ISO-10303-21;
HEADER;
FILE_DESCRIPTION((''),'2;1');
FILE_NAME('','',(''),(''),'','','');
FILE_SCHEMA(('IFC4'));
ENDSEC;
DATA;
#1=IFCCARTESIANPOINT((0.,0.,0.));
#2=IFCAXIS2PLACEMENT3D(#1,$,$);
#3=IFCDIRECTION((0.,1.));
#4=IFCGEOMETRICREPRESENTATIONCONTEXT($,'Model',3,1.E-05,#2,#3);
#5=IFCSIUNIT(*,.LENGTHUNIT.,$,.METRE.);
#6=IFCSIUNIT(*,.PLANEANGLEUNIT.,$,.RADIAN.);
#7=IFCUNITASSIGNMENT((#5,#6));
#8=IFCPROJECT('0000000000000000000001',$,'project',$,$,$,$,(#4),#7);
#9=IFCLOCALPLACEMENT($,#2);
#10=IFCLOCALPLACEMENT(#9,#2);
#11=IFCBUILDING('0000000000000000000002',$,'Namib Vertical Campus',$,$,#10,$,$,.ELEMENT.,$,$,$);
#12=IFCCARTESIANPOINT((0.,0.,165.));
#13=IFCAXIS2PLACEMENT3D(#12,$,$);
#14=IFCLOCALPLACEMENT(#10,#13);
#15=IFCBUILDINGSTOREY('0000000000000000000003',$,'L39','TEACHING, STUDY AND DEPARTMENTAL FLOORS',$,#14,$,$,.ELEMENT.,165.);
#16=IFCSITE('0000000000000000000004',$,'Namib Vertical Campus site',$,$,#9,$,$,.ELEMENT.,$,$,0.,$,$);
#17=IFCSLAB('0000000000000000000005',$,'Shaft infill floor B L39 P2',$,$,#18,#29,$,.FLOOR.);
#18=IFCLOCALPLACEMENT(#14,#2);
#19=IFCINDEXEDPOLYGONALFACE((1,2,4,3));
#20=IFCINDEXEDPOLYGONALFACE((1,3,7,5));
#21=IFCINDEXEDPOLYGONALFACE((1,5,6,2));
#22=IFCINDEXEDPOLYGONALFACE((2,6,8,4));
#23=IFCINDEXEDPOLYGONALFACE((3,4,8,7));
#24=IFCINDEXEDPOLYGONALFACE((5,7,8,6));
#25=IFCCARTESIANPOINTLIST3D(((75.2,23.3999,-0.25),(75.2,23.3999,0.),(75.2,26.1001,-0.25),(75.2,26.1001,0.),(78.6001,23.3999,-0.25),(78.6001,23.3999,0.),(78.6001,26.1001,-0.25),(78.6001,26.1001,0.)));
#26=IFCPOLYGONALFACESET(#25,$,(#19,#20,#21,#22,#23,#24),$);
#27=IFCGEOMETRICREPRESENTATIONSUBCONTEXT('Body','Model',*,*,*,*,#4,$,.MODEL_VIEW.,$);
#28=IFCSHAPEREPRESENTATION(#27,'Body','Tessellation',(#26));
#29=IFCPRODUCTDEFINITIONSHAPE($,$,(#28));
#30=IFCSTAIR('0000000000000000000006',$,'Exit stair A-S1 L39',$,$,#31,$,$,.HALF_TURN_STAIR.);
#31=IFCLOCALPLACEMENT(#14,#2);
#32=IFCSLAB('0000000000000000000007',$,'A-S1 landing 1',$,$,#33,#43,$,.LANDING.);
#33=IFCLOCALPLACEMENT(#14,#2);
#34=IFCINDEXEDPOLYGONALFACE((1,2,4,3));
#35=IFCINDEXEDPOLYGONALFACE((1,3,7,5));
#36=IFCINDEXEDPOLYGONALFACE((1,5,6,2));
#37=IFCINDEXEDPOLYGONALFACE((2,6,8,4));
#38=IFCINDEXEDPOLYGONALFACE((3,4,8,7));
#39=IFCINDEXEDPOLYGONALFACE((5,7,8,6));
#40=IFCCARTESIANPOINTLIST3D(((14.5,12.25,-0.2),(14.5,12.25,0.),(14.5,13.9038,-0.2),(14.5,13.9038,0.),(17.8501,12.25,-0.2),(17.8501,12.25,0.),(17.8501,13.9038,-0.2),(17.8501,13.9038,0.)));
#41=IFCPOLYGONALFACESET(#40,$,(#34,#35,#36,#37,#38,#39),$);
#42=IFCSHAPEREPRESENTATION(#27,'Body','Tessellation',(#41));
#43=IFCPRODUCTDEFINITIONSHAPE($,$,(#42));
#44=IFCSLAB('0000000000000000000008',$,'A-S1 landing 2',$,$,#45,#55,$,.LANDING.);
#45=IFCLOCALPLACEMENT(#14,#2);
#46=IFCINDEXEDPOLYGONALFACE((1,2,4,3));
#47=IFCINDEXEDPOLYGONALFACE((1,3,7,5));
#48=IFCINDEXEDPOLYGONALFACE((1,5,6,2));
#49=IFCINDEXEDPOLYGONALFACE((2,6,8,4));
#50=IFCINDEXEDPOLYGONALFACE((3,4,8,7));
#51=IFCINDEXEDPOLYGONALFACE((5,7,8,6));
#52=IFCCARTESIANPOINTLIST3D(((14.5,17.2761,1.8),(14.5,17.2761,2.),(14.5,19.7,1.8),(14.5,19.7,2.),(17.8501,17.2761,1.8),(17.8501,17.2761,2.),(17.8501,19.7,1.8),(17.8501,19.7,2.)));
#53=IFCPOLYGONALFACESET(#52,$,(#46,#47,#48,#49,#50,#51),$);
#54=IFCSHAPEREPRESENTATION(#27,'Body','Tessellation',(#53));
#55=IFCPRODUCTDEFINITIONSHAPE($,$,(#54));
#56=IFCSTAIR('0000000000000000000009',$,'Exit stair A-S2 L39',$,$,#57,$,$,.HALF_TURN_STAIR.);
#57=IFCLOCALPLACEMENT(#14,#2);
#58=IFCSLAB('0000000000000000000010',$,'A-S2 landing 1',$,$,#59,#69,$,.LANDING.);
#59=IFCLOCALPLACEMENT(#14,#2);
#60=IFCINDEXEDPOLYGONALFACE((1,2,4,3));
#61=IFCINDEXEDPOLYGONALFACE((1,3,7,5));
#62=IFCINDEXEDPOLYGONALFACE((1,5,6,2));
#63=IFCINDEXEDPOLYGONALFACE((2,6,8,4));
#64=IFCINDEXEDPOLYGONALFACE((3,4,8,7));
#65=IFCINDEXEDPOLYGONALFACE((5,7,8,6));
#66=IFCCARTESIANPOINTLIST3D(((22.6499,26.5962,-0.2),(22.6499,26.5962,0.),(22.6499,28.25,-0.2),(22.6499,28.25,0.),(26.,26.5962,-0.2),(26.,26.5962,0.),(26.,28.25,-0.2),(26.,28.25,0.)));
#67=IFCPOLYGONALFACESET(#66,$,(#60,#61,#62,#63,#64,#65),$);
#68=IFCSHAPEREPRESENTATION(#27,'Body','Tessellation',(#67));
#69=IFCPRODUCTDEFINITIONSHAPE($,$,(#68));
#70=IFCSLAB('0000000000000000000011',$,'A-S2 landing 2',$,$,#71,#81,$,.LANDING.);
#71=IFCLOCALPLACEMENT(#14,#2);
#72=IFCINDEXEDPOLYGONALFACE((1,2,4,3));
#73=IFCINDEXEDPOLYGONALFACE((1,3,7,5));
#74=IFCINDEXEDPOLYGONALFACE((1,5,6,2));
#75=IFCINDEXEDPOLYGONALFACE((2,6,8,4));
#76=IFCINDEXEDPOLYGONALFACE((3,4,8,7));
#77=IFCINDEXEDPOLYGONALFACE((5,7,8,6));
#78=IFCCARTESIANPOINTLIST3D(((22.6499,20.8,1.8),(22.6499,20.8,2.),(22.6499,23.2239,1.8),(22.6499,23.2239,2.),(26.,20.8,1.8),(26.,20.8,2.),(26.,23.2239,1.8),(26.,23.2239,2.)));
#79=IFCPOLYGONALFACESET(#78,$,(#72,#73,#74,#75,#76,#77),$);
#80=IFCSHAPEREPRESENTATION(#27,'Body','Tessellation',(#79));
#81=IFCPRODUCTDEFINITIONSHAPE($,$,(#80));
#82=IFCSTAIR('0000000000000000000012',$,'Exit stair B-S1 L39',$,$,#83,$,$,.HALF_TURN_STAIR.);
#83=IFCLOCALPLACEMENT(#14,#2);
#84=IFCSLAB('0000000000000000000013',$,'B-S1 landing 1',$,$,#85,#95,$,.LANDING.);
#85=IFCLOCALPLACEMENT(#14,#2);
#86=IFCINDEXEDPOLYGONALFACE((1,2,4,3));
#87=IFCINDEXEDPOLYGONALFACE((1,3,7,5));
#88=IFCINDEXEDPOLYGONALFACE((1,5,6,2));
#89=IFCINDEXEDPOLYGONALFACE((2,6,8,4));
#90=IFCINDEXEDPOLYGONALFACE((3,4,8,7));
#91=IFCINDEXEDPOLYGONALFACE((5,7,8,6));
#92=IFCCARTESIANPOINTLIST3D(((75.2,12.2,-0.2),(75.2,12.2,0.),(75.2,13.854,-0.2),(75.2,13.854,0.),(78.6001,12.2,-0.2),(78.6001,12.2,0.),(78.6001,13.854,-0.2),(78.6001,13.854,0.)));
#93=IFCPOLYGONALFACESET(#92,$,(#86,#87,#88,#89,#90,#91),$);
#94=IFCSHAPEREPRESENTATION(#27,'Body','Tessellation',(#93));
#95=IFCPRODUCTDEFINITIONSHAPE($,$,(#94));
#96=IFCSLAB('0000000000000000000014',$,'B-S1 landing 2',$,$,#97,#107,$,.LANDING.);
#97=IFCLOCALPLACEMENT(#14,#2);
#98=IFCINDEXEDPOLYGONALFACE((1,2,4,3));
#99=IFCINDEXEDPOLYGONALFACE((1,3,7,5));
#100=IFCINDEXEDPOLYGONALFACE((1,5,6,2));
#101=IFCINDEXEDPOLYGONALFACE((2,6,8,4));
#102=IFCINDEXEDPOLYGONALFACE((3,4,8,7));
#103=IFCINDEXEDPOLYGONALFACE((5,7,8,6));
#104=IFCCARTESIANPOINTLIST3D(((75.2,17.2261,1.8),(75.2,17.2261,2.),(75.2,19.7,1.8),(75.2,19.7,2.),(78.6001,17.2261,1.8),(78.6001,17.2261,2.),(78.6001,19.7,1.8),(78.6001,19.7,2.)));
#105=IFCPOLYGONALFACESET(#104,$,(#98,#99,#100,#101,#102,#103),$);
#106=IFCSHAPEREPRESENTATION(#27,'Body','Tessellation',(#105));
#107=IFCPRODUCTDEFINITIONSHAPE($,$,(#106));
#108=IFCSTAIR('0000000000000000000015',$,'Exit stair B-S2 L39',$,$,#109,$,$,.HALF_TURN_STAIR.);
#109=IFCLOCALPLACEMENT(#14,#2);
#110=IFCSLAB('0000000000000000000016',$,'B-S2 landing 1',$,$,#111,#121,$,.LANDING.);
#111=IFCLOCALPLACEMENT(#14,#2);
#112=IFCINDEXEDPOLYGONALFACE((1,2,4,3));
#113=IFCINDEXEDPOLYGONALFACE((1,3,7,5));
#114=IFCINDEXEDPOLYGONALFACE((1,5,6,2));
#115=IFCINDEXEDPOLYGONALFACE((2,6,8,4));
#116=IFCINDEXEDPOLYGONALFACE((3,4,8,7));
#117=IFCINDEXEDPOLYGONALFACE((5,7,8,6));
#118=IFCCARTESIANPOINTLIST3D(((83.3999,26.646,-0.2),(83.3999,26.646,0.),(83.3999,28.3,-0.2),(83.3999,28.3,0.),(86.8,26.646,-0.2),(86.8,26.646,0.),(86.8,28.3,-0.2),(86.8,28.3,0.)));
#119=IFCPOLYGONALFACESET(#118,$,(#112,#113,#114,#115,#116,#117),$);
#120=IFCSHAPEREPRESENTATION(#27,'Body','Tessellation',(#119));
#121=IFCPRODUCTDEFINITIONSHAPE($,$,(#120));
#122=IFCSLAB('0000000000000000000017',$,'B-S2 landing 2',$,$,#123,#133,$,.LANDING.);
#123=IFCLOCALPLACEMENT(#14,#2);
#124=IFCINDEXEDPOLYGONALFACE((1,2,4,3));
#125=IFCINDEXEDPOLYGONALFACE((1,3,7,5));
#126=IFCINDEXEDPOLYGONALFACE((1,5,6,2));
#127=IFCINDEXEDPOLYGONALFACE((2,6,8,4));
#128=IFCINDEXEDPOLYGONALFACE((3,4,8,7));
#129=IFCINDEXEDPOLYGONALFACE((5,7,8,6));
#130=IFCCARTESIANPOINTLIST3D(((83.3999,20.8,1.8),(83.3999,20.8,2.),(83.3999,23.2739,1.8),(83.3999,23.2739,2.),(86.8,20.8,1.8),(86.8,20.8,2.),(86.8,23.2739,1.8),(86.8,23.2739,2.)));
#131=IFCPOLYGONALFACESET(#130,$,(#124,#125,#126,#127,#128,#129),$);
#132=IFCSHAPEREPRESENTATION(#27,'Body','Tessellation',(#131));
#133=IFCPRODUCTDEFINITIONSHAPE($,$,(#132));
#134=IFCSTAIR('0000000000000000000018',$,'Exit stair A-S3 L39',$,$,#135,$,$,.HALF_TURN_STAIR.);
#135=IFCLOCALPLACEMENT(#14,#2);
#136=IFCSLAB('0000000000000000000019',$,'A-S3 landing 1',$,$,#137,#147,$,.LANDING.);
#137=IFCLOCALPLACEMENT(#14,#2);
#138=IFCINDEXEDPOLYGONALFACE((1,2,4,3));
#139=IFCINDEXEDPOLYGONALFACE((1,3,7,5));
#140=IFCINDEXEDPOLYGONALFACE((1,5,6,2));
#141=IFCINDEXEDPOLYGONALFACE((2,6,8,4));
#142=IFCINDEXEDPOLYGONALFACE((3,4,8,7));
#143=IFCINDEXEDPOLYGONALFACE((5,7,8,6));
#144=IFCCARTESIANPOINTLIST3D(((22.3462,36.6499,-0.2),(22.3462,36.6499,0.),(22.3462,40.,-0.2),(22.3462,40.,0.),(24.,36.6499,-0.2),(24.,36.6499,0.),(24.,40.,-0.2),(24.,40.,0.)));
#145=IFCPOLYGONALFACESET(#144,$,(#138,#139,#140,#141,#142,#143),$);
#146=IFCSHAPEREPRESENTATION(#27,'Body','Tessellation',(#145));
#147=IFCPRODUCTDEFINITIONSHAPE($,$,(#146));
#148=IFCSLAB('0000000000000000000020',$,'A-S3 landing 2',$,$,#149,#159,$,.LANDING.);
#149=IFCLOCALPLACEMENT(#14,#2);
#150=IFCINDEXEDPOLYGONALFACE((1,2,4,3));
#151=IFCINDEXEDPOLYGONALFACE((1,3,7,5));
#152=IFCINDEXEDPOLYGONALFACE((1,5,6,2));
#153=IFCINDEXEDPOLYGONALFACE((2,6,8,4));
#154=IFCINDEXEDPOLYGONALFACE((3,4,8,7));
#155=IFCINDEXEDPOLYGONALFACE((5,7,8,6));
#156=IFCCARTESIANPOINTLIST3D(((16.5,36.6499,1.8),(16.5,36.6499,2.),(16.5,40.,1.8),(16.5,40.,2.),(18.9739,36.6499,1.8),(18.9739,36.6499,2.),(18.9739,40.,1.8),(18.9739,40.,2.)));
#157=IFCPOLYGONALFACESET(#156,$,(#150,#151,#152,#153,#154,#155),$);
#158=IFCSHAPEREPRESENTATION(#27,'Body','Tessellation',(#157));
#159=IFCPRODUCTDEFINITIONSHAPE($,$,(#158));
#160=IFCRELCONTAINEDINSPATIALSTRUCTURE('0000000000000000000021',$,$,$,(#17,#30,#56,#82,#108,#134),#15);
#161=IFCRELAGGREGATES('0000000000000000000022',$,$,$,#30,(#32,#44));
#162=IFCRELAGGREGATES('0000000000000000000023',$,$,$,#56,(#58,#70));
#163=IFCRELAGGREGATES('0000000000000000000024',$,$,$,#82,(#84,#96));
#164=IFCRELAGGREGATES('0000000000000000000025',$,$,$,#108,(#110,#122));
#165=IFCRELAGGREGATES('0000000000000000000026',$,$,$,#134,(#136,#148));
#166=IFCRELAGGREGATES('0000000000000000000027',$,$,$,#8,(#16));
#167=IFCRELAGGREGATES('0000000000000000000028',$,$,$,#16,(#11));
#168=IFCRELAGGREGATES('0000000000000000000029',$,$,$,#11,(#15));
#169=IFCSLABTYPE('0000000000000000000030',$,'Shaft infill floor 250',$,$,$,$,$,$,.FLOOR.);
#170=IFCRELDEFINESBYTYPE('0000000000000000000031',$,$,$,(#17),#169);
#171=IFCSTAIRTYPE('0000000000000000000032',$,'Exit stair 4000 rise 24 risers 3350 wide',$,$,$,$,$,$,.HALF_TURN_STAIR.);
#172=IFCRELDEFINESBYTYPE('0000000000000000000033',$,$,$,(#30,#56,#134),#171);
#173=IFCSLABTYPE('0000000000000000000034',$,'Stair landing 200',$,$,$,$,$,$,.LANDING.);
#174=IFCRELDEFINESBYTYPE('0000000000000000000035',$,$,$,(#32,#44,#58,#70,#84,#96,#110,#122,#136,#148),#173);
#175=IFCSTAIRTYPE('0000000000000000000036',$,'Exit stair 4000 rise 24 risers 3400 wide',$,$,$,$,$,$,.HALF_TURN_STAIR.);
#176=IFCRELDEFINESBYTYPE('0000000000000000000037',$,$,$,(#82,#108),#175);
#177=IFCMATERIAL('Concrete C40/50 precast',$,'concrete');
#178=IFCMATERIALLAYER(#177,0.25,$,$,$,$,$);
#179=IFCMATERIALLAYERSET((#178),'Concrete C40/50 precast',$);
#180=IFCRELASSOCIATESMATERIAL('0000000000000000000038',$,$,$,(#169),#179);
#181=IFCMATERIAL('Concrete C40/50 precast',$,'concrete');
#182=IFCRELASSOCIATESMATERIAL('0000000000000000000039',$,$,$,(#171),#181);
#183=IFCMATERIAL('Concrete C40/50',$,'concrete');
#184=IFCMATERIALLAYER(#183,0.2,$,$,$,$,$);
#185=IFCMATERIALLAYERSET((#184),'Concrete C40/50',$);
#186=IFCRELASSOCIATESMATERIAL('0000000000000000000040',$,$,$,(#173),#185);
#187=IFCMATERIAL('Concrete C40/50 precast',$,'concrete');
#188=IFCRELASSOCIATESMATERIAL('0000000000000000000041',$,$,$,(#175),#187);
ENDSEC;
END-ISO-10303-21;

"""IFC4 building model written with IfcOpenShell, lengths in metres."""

from ifc_helpers import new_model, si_unit, direction, frame, origin, place, context, subcontext, project, spatial, polyline, outline, extrude, material, layer, layer_set, type_object, element, aggregate, save


model = new_model("IFC4")

# Units and contexts
model_context = context("Model", 3, precision=1e-05, world=origin(), true_north=direction((0.0, 1.0)))
body_context = subcontext(model_context, "Body", "Model", "MODEL_VIEW")
ifc_project = project(units=[si_unit("LENGTHUNIT", "METRE"), si_unit("PLANEANGLEUNIT", "RADIAN")], contexts=[model_context])

# Site, building, storey
site_placement = place(None, origin())
site = spatial("IfcSite", under=ifc_project, at=site_placement, Name="Namib Vertical Campus site", CompositionType="ELEMENT", RefElevation=0.0)
building_placement = place(site_placement, origin())
building = spatial("IfcBuilding", under=site, at=building_placement, Name="Namib Vertical Campus", CompositionType="ELEMENT")
storey_placement = place(building_placement, frame((0.0, 0.0, 165.0)))
storey = spatial("IfcBuildingStorey", under=building, at=storey_placement, Name="L39", Description="TEACHING, STUDY AND DEPARTMENTAL FLOORS", CompositionType="ELEMENT", Elevation=165.0)

# Slab
ifc_material_1 = material(Name="Concrete C40/50 precast", Category="concrete")
ifc_layer_1 = layer(ifc_material_1, 0.25)
ifc_layer_set_1 = layer_set([ifc_layer_1], Name="Concrete C40/50 precast")
slab_type_1 = type_object("IfcSlabType", Name="Shaft infill floor 250", PredefinedType="FLOOR", material=ifc_layer_set_1)
slab_1_placement = place(storey_placement, frame((0.0, 0.0, -0.25)))
element("IfcSlab", 1, at=slab_1_placement, inside=storey, type_object=slab_type_1, Name="Shaft infill floor B L39 P2", PredefinedType="FLOOR", context=body_context, shape_type="SweptSolid", body=[
    extrude(outline(polyline([(75.2, 23.3999), (78.6001, 23.3999), (78.6001, 26.1001), (75.2, 26.1001), (75.2, 23.3999)])), origin(), (0.0, 0.0, 1.0), 0.25),
])

# Stairs, slabs
ifc_material_2 = material(Name="Concrete C40/50 precast", Category="concrete")
stair_type_1 = type_object("IfcStairType", Name="Exit stair 4000 rise 24 risers 3350 wide", PredefinedType="HALF_TURN_STAIR", material=ifc_material_2)
stair_1_placement = place(storey_placement, origin())
stair_1 = element("IfcStair", 2, at=stair_1_placement, inside=storey, type_object=stair_type_1, Name="Exit stair A-S1 L39", PredefinedType="HALF_TURN_STAIR")
ifc_material_3 = material(Name="Concrete C40/50", Category="concrete")
ifc_layer_2 = layer(ifc_material_3, 0.2)
ifc_layer_set_2 = layer_set([ifc_layer_2], Name="Concrete C40/50")
slab_type_2 = type_object("IfcSlabType", Name="Stair landing 200", PredefinedType="LANDING", material=ifc_layer_set_2)
slab_2_placement = place(storey_placement, frame((0.0, 0.0, -0.2)))
slab_2 = element("IfcSlab", 3, at=slab_2_placement, type_object=slab_type_2, Name="A-S1 landing 1", PredefinedType="LANDING", context=body_context, shape_type="SweptSolid", body=[
    extrude(outline(polyline([(14.5, 12.25), (17.8501, 12.25), (17.8501, 13.9038), (14.5, 13.9038), (14.5, 12.25)])), origin(), (0.0, 0.0, 1.0), 0.2),
])
slab_3_placement = place(storey_placement, frame((0.0, 0.0, 1.8)))
slab_3 = element("IfcSlab", 4, at=slab_3_placement, type_object=slab_type_2, Name="A-S1 landing 2", PredefinedType="LANDING", context=body_context, shape_type="SweptSolid", body=[
    extrude(outline(polyline([(14.5, 17.2761), (17.8501, 17.2761), (17.8501, 19.7), (14.5, 19.7), (14.5, 17.2761)])), origin(), (0.0, 0.0, 1.0), 0.2),
])
aggregate(stair_1, [slab_2, slab_3])
stair_2_placement = place(storey_placement, origin())
stair_2 = element("IfcStair", 5, at=stair_2_placement, inside=storey, type_object=stair_type_1, Name="Exit stair A-S2 L39", PredefinedType="HALF_TURN_STAIR")
slab_4_placement = place(storey_placement, frame((0.0, 0.0, -0.2)))
slab_4 = element("IfcSlab", 6, at=slab_4_placement, type_object=slab_type_2, Name="A-S2 landing 1", PredefinedType="LANDING", context=body_context, shape_type="SweptSolid", body=[
    extrude(outline(polyline([(22.6499, 26.5962), (26.0, 26.5962), (26.0, 28.25), (22.6499, 28.25), (22.6499, 26.5962)])), origin(), (0.0, 0.0, 1.0), 0.2),
])
slab_5_placement = place(storey_placement, frame((0.0, 0.0, 1.8)))
slab_5 = element("IfcSlab", 7, at=slab_5_placement, type_object=slab_type_2, Name="A-S2 landing 2", PredefinedType="LANDING", context=body_context, shape_type="SweptSolid", body=[
    extrude(outline(polyline([(22.6499, 20.8), (26.0, 20.8), (26.0, 23.2239), (22.6499, 23.2239), (22.6499, 20.8)])), origin(), (0.0, 0.0, 1.0), 0.2),
])
aggregate(stair_2, [slab_4, slab_5])
ifc_material_4 = material(Name="Concrete C40/50 precast", Category="concrete")
stair_type_2 = type_object("IfcStairType", Name="Exit stair 4000 rise 24 risers 3400 wide", PredefinedType="HALF_TURN_STAIR", material=ifc_material_4)
stair_3_placement = place(storey_placement, origin())
stair_3 = element("IfcStair", 8, at=stair_3_placement, inside=storey, type_object=stair_type_2, Name="Exit stair B-S1 L39", PredefinedType="HALF_TURN_STAIR")
slab_6_placement = place(storey_placement, frame((0.0, 0.0, -0.2)))
slab_6 = element("IfcSlab", 9, at=slab_6_placement, type_object=slab_type_2, Name="B-S1 landing 1", PredefinedType="LANDING", context=body_context, shape_type="SweptSolid", body=[
    extrude(outline(polyline([(75.2, 12.2), (78.6001, 12.2), (78.6001, 13.854), (75.2, 13.854), (75.2, 12.2)])), origin(), (0.0, 0.0, 1.0), 0.2),
])
slab_7_placement = place(storey_placement, frame((0.0, 0.0, 1.8)))
slab_7 = element("IfcSlab", 10, at=slab_7_placement, type_object=slab_type_2, Name="B-S1 landing 2", PredefinedType="LANDING", context=body_context, shape_type="SweptSolid", body=[
    extrude(outline(polyline([(75.2, 17.2261), (78.6001, 17.2261), (78.6001, 19.7), (75.2, 19.7), (75.2, 17.2261)])), origin(), (0.0, 0.0, 1.0), 0.2),
])
aggregate(stair_3, [slab_6, slab_7])
stair_4_placement = place(storey_placement, origin())
stair_4 = element("IfcStair", 11, at=stair_4_placement, inside=storey, type_object=stair_type_2, Name="Exit stair B-S2 L39", PredefinedType="HALF_TURN_STAIR")
slab_8_placement = place(storey_placement, frame((0.0, 0.0, -0.2)))
slab_8 = element("IfcSlab", 12, at=slab_8_placement, type_object=slab_type_2, Name="B-S2 landing 1", PredefinedType="LANDING", context=body_context, shape_type="SweptSolid", body=[
    extrude(outline(polyline([(83.3999, 26.646), (86.8, 26.646), (86.8, 28.3), (83.3999, 28.3), (83.3999, 26.646)])), origin(), (0.0, 0.0, 1.0), 0.2),
])
slab_9_placement = place(storey_placement, frame((0.0, 0.0, 1.8)))
slab_9 = element("IfcSlab", 13, at=slab_9_placement, type_object=slab_type_2, Name="B-S2 landing 2", PredefinedType="LANDING", context=body_context, shape_type="SweptSolid", body=[
    extrude(outline(polyline([(83.3999, 20.8), (86.8, 20.8), (86.8, 23.2739), (83.3999, 23.2739), (83.3999, 20.8)])), origin(), (0.0, 0.0, 1.0), 0.2),
])
aggregate(stair_4, [slab_8, slab_9])
stair_5_placement = place(storey_placement, origin())
stair_5 = element("IfcStair", 14, at=stair_5_placement, inside=storey, type_object=stair_type_1, Name="Exit stair A-S3 L39", PredefinedType="HALF_TURN_STAIR")
slab_10_placement = place(storey_placement, frame((0.0, 0.0, -0.2)))
slab_10 = element("IfcSlab", 15, at=slab_10_placement, type_object=slab_type_2, Name="A-S3 landing 1", PredefinedType="LANDING", context=body_context, shape_type="SweptSolid", body=[
    extrude(outline(polyline([(22.3462, 36.6499), (22.3462, 40.0), (24.0, 40.0), (24.0, 36.6499), (22.3462, 36.6499)])), origin(), (0.0, 0.0, 1.0), 0.2),
])
slab_11_placement = place(storey_placement, frame((0.0, 0.0, 1.8)))
slab_11 = element("IfcSlab", 16, at=slab_11_placement, type_object=slab_type_2, Name="A-S3 landing 2", PredefinedType="LANDING", context=body_context, shape_type="SweptSolid", body=[
    extrude(outline(polyline([(16.5, 36.6499), (16.5, 40.0), (18.9739, 40.0), (18.9739, 36.6499), (16.5, 36.6499)])), origin(), (0.0, 0.0, 1.0), 0.2),
])
aggregate(stair_5, [slab_10, slab_11])

save(model, "model.ifc")
